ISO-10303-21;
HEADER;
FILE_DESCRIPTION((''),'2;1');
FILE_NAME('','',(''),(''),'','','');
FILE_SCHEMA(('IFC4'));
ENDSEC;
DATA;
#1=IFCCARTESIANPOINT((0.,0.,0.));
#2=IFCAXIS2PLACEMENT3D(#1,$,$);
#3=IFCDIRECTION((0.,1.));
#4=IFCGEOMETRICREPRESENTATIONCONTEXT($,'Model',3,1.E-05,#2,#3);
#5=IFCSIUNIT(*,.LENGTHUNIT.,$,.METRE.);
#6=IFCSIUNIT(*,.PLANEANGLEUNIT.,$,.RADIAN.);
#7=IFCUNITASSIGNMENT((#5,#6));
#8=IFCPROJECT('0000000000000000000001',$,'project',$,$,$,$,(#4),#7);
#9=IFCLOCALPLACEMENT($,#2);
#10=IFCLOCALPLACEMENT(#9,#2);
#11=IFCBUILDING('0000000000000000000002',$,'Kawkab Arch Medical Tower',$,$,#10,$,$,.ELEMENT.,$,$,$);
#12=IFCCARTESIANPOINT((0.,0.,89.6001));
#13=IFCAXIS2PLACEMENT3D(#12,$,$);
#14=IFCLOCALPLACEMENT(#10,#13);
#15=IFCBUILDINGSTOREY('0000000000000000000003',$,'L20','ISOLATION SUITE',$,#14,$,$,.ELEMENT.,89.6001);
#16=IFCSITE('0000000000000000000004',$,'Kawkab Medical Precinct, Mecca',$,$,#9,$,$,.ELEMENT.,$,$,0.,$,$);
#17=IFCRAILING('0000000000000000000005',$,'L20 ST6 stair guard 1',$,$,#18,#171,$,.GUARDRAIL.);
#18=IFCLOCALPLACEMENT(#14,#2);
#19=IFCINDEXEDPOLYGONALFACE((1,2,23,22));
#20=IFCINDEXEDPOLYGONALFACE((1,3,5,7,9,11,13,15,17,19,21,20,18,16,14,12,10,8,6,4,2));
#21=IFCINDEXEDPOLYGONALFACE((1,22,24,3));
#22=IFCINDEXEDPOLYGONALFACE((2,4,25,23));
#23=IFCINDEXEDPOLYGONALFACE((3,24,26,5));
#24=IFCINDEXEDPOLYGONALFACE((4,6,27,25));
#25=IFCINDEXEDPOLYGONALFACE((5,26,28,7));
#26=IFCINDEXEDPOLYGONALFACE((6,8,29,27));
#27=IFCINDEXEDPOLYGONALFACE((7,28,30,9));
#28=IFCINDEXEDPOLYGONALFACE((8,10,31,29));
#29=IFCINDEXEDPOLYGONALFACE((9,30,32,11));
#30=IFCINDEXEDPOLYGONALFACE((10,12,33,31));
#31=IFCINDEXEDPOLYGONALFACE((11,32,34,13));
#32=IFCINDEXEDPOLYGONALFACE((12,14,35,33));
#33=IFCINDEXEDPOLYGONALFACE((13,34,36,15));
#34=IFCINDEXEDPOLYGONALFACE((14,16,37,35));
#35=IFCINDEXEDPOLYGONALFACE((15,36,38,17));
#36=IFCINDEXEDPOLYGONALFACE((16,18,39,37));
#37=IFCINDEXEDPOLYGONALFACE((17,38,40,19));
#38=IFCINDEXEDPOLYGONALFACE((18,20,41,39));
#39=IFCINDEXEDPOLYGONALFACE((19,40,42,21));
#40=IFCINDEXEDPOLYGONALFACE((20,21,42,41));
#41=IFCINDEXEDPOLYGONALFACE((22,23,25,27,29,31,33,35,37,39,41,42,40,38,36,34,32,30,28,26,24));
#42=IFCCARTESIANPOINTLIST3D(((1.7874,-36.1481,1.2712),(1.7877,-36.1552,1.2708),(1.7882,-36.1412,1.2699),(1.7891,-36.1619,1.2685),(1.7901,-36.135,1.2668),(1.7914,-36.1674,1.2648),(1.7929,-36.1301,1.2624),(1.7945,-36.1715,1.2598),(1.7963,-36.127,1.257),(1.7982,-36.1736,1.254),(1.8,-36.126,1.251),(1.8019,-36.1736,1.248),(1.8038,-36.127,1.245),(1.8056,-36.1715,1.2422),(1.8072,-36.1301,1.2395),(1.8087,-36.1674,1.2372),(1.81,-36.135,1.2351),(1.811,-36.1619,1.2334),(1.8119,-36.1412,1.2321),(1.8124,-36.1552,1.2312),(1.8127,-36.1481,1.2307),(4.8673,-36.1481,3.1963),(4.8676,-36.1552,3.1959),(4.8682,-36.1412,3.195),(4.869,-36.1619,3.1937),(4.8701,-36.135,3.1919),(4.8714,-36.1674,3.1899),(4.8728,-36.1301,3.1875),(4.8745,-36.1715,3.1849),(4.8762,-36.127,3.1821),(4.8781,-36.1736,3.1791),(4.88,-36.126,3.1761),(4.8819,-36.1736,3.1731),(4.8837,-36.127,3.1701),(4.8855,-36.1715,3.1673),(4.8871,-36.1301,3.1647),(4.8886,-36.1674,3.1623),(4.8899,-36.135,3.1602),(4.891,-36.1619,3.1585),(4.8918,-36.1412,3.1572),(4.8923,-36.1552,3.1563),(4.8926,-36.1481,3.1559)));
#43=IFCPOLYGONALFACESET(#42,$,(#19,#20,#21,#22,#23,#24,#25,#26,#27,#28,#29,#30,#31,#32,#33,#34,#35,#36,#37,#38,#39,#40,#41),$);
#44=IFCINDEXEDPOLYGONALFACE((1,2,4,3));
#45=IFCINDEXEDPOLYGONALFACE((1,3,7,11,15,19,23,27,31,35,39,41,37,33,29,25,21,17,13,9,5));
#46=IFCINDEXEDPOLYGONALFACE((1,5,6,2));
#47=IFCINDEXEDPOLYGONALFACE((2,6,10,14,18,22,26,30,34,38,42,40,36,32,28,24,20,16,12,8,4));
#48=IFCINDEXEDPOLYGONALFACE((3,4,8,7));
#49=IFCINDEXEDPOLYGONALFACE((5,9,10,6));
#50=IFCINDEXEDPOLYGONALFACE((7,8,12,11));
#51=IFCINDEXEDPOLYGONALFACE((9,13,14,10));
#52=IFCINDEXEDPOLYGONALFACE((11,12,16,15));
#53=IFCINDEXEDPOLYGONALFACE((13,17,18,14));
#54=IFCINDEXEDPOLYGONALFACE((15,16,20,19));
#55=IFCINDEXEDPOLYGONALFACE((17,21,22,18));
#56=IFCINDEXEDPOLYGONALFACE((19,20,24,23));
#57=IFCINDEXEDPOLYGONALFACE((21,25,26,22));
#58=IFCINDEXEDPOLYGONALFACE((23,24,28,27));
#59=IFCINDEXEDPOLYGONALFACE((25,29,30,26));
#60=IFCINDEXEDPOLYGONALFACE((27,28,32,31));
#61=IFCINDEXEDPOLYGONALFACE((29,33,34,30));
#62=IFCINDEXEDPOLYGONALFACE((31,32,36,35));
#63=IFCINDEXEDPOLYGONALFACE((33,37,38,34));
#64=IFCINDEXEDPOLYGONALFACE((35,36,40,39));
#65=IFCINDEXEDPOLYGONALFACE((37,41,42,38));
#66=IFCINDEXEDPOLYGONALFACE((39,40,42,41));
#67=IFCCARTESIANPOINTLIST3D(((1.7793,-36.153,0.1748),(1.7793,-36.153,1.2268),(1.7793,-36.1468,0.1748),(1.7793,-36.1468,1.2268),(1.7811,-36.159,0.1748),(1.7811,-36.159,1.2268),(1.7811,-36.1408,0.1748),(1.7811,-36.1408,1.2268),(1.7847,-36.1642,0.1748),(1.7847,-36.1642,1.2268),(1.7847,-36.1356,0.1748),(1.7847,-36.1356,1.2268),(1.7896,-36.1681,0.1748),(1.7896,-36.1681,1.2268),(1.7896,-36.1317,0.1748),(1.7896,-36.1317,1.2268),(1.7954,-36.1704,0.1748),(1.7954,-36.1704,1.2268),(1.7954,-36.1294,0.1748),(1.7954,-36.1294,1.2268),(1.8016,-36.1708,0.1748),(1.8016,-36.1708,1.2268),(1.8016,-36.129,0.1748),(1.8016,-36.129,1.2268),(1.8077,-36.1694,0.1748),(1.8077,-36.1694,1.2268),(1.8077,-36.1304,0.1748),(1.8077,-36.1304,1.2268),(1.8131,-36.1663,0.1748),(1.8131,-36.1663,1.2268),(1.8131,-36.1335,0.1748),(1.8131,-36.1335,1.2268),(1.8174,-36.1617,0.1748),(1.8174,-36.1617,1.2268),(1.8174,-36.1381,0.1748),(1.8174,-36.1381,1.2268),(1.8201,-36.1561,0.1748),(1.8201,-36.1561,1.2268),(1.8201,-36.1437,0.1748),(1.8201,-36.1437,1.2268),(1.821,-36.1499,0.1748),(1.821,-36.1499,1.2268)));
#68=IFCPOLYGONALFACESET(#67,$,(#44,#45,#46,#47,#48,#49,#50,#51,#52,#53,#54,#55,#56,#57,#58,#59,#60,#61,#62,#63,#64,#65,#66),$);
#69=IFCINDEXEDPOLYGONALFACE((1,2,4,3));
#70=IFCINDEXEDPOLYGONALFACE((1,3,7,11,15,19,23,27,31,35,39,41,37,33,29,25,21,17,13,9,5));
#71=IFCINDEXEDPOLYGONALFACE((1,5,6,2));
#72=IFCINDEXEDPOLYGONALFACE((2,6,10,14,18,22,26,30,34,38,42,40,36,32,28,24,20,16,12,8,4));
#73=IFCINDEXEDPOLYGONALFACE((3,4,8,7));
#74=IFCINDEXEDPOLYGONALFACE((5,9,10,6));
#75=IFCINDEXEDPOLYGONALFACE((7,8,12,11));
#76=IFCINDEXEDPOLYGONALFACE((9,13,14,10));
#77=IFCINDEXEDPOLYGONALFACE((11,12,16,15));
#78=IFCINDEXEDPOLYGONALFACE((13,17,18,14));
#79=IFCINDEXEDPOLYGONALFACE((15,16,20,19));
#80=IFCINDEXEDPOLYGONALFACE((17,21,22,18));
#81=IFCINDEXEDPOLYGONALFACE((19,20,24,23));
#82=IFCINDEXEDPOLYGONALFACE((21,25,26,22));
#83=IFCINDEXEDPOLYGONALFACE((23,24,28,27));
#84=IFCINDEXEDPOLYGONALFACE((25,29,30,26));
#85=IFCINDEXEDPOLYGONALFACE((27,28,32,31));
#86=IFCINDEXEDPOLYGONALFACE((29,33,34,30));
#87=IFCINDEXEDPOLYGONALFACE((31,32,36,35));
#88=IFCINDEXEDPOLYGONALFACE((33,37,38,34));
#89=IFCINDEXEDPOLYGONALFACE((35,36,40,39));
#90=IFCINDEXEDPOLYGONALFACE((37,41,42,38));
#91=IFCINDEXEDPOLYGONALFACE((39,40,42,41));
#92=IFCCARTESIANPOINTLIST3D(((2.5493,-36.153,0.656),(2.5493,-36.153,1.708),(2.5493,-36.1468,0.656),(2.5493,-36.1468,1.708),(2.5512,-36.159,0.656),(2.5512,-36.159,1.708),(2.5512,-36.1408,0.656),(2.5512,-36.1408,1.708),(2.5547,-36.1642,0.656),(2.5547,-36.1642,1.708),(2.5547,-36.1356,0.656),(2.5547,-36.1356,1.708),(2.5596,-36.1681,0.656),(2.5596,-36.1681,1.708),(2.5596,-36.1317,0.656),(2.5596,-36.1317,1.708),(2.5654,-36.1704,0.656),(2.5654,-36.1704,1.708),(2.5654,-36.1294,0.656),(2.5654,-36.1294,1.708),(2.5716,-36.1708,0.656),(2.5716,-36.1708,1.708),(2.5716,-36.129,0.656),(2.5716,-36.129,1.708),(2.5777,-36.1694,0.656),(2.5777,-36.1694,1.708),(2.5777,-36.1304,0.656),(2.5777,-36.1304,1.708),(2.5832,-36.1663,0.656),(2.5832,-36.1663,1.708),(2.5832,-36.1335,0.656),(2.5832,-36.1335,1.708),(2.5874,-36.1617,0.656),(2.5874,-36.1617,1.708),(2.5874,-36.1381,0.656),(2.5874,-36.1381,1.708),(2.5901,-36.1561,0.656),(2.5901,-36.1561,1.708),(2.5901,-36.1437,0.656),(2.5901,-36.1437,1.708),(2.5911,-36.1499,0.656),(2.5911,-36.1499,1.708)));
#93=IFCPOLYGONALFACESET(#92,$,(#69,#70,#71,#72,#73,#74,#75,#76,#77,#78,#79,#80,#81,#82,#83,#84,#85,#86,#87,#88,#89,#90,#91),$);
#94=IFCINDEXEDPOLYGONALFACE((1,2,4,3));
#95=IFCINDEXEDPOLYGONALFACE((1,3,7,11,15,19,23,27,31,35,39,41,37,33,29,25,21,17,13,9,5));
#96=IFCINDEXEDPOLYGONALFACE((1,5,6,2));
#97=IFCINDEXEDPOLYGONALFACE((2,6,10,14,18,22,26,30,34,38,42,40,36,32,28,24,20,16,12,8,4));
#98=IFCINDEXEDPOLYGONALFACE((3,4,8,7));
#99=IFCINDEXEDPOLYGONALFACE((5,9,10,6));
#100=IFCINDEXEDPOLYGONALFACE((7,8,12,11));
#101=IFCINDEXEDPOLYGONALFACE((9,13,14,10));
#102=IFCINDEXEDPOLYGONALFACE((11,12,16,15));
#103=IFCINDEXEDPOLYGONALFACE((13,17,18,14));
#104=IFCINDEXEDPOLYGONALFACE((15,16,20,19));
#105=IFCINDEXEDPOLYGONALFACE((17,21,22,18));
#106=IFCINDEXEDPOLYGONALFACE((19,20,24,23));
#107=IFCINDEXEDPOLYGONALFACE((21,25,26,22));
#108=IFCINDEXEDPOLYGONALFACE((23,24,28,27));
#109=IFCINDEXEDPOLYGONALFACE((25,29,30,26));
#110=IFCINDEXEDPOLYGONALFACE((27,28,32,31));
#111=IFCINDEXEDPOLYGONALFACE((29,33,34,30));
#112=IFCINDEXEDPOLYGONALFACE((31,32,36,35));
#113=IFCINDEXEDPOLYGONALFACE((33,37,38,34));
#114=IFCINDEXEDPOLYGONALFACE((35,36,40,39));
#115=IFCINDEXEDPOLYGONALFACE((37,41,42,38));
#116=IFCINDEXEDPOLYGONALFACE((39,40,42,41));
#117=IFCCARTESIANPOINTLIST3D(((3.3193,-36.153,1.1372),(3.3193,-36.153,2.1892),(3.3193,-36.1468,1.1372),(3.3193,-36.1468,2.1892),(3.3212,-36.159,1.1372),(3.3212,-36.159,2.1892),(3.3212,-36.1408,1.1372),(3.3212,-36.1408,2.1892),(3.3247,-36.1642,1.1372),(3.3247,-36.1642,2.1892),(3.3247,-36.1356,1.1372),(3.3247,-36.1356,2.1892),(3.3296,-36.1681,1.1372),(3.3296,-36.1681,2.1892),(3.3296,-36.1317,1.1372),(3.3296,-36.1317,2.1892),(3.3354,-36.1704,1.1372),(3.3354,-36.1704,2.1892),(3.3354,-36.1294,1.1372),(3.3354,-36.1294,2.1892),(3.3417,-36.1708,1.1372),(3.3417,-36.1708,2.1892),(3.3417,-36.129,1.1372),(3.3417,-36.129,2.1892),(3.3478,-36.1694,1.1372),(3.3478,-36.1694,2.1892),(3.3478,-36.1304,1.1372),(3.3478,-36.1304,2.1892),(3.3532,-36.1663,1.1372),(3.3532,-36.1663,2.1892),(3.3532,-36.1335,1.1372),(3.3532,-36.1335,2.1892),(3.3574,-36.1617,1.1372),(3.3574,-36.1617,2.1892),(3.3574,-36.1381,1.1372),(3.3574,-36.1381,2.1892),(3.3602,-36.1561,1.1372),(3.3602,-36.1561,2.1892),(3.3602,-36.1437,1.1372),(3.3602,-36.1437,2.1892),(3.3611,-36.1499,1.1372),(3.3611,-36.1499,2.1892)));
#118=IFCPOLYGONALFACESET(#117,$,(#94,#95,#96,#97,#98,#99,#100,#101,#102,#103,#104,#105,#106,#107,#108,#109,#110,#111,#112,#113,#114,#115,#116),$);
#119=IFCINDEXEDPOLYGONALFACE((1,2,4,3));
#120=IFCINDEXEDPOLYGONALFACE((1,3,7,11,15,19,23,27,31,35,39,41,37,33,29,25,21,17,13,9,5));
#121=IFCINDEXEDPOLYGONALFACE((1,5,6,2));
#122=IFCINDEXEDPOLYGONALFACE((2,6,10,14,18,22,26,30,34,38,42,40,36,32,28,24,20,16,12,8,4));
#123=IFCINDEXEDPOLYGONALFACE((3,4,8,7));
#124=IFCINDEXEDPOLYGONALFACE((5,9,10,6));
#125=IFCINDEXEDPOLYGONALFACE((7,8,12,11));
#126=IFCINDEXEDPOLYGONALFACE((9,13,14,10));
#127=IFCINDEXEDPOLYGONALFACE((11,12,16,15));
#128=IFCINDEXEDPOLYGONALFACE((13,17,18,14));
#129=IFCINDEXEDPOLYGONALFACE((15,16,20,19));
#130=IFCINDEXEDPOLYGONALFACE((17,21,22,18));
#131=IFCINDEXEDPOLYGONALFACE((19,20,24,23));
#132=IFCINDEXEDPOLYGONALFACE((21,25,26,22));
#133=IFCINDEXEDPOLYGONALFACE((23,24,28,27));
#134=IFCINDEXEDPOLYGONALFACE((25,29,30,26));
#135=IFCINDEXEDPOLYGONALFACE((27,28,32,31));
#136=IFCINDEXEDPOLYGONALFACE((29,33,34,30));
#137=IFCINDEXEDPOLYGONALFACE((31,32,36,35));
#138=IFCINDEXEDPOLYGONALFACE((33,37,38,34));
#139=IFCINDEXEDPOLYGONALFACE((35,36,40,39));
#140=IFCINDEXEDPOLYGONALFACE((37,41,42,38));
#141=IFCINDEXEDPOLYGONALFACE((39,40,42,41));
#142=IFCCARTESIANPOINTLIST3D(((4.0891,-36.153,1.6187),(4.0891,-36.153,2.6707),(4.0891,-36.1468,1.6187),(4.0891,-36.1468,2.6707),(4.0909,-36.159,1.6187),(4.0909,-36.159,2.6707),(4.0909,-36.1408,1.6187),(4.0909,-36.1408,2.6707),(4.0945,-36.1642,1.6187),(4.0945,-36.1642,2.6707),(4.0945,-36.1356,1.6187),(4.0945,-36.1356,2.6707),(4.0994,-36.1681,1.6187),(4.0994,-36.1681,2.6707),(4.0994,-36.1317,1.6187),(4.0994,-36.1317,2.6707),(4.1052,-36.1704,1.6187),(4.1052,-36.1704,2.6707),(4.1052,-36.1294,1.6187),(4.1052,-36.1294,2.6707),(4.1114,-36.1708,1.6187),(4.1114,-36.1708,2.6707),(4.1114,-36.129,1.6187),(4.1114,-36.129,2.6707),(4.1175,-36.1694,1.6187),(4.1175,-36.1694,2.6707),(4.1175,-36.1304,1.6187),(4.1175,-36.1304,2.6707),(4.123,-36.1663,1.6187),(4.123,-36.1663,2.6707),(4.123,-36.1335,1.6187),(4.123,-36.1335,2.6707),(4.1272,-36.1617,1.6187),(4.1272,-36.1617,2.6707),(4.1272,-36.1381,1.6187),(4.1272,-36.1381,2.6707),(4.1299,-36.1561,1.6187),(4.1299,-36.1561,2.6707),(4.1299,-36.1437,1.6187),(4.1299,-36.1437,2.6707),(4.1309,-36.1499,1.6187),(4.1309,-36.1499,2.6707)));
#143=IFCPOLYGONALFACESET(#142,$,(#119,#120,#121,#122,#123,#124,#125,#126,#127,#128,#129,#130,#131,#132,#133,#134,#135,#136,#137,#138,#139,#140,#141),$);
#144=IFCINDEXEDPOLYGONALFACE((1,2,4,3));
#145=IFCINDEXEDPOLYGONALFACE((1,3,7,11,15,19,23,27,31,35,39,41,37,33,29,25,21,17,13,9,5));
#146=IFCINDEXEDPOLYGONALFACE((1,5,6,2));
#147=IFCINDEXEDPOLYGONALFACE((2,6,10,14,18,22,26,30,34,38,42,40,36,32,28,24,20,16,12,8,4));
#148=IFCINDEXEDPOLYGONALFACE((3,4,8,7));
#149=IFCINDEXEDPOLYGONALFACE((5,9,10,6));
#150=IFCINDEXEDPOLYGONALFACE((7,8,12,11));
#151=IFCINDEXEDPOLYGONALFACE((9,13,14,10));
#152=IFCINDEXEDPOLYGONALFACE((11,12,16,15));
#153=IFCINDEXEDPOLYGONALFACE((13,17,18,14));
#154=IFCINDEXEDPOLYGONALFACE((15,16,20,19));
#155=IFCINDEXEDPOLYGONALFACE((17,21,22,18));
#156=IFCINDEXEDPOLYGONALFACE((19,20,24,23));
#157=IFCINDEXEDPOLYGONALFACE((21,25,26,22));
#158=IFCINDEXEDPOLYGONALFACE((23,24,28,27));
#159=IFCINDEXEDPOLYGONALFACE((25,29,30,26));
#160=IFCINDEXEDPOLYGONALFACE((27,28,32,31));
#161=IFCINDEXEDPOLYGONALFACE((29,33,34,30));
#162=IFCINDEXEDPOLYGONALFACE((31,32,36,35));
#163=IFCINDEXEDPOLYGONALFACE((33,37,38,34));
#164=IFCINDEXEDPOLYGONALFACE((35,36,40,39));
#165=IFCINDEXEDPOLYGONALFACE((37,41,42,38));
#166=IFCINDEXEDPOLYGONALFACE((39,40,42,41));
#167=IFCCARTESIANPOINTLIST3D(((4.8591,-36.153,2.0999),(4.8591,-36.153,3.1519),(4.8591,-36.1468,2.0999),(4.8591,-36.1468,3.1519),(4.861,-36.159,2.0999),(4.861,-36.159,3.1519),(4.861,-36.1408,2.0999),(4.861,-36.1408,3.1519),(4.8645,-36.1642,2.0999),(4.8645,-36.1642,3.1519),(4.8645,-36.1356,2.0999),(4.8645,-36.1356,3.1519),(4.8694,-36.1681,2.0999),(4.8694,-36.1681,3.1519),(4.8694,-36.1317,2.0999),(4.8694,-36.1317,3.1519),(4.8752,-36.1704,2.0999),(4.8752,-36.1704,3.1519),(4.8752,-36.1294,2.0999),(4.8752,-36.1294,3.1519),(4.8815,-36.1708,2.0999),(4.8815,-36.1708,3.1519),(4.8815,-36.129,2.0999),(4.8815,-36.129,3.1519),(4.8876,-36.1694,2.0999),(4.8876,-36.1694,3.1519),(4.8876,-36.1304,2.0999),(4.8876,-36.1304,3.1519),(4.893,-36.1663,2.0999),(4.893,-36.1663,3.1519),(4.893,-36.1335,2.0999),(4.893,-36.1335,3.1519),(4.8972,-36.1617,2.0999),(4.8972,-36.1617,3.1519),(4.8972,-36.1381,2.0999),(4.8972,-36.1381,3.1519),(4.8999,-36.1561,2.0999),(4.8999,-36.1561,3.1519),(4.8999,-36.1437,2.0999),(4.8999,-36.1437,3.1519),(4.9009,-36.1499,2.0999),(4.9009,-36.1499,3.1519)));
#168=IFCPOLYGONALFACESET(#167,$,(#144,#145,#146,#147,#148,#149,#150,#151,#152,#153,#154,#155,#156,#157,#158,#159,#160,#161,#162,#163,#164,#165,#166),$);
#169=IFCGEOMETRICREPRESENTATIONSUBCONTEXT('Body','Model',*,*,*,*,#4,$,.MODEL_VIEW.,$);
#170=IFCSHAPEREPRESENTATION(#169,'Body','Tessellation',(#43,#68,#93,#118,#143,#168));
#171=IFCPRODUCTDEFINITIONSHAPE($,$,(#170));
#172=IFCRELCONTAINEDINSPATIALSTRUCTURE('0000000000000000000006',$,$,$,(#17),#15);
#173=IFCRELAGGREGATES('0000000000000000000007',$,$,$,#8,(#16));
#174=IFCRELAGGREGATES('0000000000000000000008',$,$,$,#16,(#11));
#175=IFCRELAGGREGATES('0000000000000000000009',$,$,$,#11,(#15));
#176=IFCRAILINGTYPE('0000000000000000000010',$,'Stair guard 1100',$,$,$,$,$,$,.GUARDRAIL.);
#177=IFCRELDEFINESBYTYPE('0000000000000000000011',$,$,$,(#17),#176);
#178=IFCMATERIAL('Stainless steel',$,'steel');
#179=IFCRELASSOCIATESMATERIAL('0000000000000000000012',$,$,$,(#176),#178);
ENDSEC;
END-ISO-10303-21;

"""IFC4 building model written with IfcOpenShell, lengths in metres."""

from ifc_helpers import new_model, si_unit, direction, frame, origin, origin_2d, place, context, subcontext, project, spatial, circle, extrude, material, type_object, element, save


model = new_model("IFC4")

# Units and contexts
model_context = context("Model", 3, precision=1e-05, world=origin(), true_north=direction((0.0, 1.0)))
body_context = subcontext(model_context, "Body", "Model", "MODEL_VIEW")
ifc_project = project(units=[si_unit("LENGTHUNIT", "METRE"), si_unit("PLANEANGLEUNIT", "RADIAN")], contexts=[model_context])

# Site, building, storey
site_placement = place(None, origin())
site = spatial("IfcSite", under=ifc_project, at=site_placement, Name="Kawkab Medical Precinct, Mecca", CompositionType="ELEMENT", RefElevation=0.0)
building_placement = place(site_placement, origin())
building = spatial("IfcBuilding", under=site, at=building_placement, Name="Kawkab Arch Medical Tower", CompositionType="ELEMENT")
storey_placement = place(building_placement, frame((0.0, 0.0, 89.6001)))
storey = spatial("IfcBuildingStorey", under=building, at=storey_placement, Name="L20", Description="ISOLATION SUITE", CompositionType="ELEMENT", Elevation=89.6001)

# Railing
ifc_material_1 = material(Name="Stainless steel", Category="steel")
railing_type = type_object("IfcRailingType", Name="Stair guard 1100", PredefinedType="GUARDRAIL", material=ifc_material_1)
railing_1_placement = place(storey_placement, frame((1.8, -36.1499, 0.1748)))
element("IfcRailing", 1, at=railing_1_placement, inside=storey, type_object=railing_type, Name="L20 ST6 stair guard 1", PredefinedType="GUARDRAIL", context=body_context, shape_type="SweptSolid", body=[
    extrude(circle(Radius=0.0239, at=origin_2d()), frame((0.0, 0.0, 1.0762), z_axis=(0.847979, 0.0, 0.530029), x_axis=(0.0, 1.0, 0.0)), (0.0, 0.0, 1.0), 3.6321),
    extrude(circle(Radius=0.021, at=origin_2d()), origin(), (0.0, 0.0, 1.0), 1.052),
    extrude(circle(Radius=0.021, at=origin_2d()), frame((0.77, 0.0, 0.4812)), (0.0, 0.0, 1.0), 1.052),
    extrude(circle(Radius=0.021, at=origin_2d()), frame((1.54, 0.0, 0.9624)), (0.0, 0.0, 1.0), 1.052),
    extrude(circle(Radius=0.021, at=origin_2d()), frame((2.3098, 0.0, 1.4438)), (0.0, 0.0, 1.0), 1.052),
    extrude(circle(Radius=0.021, at=origin_2d()), frame((3.0798, 0.0, 1.925)), (0.0, 0.0, 1.0), 1.052),
])

save(model, "model.ifc")
